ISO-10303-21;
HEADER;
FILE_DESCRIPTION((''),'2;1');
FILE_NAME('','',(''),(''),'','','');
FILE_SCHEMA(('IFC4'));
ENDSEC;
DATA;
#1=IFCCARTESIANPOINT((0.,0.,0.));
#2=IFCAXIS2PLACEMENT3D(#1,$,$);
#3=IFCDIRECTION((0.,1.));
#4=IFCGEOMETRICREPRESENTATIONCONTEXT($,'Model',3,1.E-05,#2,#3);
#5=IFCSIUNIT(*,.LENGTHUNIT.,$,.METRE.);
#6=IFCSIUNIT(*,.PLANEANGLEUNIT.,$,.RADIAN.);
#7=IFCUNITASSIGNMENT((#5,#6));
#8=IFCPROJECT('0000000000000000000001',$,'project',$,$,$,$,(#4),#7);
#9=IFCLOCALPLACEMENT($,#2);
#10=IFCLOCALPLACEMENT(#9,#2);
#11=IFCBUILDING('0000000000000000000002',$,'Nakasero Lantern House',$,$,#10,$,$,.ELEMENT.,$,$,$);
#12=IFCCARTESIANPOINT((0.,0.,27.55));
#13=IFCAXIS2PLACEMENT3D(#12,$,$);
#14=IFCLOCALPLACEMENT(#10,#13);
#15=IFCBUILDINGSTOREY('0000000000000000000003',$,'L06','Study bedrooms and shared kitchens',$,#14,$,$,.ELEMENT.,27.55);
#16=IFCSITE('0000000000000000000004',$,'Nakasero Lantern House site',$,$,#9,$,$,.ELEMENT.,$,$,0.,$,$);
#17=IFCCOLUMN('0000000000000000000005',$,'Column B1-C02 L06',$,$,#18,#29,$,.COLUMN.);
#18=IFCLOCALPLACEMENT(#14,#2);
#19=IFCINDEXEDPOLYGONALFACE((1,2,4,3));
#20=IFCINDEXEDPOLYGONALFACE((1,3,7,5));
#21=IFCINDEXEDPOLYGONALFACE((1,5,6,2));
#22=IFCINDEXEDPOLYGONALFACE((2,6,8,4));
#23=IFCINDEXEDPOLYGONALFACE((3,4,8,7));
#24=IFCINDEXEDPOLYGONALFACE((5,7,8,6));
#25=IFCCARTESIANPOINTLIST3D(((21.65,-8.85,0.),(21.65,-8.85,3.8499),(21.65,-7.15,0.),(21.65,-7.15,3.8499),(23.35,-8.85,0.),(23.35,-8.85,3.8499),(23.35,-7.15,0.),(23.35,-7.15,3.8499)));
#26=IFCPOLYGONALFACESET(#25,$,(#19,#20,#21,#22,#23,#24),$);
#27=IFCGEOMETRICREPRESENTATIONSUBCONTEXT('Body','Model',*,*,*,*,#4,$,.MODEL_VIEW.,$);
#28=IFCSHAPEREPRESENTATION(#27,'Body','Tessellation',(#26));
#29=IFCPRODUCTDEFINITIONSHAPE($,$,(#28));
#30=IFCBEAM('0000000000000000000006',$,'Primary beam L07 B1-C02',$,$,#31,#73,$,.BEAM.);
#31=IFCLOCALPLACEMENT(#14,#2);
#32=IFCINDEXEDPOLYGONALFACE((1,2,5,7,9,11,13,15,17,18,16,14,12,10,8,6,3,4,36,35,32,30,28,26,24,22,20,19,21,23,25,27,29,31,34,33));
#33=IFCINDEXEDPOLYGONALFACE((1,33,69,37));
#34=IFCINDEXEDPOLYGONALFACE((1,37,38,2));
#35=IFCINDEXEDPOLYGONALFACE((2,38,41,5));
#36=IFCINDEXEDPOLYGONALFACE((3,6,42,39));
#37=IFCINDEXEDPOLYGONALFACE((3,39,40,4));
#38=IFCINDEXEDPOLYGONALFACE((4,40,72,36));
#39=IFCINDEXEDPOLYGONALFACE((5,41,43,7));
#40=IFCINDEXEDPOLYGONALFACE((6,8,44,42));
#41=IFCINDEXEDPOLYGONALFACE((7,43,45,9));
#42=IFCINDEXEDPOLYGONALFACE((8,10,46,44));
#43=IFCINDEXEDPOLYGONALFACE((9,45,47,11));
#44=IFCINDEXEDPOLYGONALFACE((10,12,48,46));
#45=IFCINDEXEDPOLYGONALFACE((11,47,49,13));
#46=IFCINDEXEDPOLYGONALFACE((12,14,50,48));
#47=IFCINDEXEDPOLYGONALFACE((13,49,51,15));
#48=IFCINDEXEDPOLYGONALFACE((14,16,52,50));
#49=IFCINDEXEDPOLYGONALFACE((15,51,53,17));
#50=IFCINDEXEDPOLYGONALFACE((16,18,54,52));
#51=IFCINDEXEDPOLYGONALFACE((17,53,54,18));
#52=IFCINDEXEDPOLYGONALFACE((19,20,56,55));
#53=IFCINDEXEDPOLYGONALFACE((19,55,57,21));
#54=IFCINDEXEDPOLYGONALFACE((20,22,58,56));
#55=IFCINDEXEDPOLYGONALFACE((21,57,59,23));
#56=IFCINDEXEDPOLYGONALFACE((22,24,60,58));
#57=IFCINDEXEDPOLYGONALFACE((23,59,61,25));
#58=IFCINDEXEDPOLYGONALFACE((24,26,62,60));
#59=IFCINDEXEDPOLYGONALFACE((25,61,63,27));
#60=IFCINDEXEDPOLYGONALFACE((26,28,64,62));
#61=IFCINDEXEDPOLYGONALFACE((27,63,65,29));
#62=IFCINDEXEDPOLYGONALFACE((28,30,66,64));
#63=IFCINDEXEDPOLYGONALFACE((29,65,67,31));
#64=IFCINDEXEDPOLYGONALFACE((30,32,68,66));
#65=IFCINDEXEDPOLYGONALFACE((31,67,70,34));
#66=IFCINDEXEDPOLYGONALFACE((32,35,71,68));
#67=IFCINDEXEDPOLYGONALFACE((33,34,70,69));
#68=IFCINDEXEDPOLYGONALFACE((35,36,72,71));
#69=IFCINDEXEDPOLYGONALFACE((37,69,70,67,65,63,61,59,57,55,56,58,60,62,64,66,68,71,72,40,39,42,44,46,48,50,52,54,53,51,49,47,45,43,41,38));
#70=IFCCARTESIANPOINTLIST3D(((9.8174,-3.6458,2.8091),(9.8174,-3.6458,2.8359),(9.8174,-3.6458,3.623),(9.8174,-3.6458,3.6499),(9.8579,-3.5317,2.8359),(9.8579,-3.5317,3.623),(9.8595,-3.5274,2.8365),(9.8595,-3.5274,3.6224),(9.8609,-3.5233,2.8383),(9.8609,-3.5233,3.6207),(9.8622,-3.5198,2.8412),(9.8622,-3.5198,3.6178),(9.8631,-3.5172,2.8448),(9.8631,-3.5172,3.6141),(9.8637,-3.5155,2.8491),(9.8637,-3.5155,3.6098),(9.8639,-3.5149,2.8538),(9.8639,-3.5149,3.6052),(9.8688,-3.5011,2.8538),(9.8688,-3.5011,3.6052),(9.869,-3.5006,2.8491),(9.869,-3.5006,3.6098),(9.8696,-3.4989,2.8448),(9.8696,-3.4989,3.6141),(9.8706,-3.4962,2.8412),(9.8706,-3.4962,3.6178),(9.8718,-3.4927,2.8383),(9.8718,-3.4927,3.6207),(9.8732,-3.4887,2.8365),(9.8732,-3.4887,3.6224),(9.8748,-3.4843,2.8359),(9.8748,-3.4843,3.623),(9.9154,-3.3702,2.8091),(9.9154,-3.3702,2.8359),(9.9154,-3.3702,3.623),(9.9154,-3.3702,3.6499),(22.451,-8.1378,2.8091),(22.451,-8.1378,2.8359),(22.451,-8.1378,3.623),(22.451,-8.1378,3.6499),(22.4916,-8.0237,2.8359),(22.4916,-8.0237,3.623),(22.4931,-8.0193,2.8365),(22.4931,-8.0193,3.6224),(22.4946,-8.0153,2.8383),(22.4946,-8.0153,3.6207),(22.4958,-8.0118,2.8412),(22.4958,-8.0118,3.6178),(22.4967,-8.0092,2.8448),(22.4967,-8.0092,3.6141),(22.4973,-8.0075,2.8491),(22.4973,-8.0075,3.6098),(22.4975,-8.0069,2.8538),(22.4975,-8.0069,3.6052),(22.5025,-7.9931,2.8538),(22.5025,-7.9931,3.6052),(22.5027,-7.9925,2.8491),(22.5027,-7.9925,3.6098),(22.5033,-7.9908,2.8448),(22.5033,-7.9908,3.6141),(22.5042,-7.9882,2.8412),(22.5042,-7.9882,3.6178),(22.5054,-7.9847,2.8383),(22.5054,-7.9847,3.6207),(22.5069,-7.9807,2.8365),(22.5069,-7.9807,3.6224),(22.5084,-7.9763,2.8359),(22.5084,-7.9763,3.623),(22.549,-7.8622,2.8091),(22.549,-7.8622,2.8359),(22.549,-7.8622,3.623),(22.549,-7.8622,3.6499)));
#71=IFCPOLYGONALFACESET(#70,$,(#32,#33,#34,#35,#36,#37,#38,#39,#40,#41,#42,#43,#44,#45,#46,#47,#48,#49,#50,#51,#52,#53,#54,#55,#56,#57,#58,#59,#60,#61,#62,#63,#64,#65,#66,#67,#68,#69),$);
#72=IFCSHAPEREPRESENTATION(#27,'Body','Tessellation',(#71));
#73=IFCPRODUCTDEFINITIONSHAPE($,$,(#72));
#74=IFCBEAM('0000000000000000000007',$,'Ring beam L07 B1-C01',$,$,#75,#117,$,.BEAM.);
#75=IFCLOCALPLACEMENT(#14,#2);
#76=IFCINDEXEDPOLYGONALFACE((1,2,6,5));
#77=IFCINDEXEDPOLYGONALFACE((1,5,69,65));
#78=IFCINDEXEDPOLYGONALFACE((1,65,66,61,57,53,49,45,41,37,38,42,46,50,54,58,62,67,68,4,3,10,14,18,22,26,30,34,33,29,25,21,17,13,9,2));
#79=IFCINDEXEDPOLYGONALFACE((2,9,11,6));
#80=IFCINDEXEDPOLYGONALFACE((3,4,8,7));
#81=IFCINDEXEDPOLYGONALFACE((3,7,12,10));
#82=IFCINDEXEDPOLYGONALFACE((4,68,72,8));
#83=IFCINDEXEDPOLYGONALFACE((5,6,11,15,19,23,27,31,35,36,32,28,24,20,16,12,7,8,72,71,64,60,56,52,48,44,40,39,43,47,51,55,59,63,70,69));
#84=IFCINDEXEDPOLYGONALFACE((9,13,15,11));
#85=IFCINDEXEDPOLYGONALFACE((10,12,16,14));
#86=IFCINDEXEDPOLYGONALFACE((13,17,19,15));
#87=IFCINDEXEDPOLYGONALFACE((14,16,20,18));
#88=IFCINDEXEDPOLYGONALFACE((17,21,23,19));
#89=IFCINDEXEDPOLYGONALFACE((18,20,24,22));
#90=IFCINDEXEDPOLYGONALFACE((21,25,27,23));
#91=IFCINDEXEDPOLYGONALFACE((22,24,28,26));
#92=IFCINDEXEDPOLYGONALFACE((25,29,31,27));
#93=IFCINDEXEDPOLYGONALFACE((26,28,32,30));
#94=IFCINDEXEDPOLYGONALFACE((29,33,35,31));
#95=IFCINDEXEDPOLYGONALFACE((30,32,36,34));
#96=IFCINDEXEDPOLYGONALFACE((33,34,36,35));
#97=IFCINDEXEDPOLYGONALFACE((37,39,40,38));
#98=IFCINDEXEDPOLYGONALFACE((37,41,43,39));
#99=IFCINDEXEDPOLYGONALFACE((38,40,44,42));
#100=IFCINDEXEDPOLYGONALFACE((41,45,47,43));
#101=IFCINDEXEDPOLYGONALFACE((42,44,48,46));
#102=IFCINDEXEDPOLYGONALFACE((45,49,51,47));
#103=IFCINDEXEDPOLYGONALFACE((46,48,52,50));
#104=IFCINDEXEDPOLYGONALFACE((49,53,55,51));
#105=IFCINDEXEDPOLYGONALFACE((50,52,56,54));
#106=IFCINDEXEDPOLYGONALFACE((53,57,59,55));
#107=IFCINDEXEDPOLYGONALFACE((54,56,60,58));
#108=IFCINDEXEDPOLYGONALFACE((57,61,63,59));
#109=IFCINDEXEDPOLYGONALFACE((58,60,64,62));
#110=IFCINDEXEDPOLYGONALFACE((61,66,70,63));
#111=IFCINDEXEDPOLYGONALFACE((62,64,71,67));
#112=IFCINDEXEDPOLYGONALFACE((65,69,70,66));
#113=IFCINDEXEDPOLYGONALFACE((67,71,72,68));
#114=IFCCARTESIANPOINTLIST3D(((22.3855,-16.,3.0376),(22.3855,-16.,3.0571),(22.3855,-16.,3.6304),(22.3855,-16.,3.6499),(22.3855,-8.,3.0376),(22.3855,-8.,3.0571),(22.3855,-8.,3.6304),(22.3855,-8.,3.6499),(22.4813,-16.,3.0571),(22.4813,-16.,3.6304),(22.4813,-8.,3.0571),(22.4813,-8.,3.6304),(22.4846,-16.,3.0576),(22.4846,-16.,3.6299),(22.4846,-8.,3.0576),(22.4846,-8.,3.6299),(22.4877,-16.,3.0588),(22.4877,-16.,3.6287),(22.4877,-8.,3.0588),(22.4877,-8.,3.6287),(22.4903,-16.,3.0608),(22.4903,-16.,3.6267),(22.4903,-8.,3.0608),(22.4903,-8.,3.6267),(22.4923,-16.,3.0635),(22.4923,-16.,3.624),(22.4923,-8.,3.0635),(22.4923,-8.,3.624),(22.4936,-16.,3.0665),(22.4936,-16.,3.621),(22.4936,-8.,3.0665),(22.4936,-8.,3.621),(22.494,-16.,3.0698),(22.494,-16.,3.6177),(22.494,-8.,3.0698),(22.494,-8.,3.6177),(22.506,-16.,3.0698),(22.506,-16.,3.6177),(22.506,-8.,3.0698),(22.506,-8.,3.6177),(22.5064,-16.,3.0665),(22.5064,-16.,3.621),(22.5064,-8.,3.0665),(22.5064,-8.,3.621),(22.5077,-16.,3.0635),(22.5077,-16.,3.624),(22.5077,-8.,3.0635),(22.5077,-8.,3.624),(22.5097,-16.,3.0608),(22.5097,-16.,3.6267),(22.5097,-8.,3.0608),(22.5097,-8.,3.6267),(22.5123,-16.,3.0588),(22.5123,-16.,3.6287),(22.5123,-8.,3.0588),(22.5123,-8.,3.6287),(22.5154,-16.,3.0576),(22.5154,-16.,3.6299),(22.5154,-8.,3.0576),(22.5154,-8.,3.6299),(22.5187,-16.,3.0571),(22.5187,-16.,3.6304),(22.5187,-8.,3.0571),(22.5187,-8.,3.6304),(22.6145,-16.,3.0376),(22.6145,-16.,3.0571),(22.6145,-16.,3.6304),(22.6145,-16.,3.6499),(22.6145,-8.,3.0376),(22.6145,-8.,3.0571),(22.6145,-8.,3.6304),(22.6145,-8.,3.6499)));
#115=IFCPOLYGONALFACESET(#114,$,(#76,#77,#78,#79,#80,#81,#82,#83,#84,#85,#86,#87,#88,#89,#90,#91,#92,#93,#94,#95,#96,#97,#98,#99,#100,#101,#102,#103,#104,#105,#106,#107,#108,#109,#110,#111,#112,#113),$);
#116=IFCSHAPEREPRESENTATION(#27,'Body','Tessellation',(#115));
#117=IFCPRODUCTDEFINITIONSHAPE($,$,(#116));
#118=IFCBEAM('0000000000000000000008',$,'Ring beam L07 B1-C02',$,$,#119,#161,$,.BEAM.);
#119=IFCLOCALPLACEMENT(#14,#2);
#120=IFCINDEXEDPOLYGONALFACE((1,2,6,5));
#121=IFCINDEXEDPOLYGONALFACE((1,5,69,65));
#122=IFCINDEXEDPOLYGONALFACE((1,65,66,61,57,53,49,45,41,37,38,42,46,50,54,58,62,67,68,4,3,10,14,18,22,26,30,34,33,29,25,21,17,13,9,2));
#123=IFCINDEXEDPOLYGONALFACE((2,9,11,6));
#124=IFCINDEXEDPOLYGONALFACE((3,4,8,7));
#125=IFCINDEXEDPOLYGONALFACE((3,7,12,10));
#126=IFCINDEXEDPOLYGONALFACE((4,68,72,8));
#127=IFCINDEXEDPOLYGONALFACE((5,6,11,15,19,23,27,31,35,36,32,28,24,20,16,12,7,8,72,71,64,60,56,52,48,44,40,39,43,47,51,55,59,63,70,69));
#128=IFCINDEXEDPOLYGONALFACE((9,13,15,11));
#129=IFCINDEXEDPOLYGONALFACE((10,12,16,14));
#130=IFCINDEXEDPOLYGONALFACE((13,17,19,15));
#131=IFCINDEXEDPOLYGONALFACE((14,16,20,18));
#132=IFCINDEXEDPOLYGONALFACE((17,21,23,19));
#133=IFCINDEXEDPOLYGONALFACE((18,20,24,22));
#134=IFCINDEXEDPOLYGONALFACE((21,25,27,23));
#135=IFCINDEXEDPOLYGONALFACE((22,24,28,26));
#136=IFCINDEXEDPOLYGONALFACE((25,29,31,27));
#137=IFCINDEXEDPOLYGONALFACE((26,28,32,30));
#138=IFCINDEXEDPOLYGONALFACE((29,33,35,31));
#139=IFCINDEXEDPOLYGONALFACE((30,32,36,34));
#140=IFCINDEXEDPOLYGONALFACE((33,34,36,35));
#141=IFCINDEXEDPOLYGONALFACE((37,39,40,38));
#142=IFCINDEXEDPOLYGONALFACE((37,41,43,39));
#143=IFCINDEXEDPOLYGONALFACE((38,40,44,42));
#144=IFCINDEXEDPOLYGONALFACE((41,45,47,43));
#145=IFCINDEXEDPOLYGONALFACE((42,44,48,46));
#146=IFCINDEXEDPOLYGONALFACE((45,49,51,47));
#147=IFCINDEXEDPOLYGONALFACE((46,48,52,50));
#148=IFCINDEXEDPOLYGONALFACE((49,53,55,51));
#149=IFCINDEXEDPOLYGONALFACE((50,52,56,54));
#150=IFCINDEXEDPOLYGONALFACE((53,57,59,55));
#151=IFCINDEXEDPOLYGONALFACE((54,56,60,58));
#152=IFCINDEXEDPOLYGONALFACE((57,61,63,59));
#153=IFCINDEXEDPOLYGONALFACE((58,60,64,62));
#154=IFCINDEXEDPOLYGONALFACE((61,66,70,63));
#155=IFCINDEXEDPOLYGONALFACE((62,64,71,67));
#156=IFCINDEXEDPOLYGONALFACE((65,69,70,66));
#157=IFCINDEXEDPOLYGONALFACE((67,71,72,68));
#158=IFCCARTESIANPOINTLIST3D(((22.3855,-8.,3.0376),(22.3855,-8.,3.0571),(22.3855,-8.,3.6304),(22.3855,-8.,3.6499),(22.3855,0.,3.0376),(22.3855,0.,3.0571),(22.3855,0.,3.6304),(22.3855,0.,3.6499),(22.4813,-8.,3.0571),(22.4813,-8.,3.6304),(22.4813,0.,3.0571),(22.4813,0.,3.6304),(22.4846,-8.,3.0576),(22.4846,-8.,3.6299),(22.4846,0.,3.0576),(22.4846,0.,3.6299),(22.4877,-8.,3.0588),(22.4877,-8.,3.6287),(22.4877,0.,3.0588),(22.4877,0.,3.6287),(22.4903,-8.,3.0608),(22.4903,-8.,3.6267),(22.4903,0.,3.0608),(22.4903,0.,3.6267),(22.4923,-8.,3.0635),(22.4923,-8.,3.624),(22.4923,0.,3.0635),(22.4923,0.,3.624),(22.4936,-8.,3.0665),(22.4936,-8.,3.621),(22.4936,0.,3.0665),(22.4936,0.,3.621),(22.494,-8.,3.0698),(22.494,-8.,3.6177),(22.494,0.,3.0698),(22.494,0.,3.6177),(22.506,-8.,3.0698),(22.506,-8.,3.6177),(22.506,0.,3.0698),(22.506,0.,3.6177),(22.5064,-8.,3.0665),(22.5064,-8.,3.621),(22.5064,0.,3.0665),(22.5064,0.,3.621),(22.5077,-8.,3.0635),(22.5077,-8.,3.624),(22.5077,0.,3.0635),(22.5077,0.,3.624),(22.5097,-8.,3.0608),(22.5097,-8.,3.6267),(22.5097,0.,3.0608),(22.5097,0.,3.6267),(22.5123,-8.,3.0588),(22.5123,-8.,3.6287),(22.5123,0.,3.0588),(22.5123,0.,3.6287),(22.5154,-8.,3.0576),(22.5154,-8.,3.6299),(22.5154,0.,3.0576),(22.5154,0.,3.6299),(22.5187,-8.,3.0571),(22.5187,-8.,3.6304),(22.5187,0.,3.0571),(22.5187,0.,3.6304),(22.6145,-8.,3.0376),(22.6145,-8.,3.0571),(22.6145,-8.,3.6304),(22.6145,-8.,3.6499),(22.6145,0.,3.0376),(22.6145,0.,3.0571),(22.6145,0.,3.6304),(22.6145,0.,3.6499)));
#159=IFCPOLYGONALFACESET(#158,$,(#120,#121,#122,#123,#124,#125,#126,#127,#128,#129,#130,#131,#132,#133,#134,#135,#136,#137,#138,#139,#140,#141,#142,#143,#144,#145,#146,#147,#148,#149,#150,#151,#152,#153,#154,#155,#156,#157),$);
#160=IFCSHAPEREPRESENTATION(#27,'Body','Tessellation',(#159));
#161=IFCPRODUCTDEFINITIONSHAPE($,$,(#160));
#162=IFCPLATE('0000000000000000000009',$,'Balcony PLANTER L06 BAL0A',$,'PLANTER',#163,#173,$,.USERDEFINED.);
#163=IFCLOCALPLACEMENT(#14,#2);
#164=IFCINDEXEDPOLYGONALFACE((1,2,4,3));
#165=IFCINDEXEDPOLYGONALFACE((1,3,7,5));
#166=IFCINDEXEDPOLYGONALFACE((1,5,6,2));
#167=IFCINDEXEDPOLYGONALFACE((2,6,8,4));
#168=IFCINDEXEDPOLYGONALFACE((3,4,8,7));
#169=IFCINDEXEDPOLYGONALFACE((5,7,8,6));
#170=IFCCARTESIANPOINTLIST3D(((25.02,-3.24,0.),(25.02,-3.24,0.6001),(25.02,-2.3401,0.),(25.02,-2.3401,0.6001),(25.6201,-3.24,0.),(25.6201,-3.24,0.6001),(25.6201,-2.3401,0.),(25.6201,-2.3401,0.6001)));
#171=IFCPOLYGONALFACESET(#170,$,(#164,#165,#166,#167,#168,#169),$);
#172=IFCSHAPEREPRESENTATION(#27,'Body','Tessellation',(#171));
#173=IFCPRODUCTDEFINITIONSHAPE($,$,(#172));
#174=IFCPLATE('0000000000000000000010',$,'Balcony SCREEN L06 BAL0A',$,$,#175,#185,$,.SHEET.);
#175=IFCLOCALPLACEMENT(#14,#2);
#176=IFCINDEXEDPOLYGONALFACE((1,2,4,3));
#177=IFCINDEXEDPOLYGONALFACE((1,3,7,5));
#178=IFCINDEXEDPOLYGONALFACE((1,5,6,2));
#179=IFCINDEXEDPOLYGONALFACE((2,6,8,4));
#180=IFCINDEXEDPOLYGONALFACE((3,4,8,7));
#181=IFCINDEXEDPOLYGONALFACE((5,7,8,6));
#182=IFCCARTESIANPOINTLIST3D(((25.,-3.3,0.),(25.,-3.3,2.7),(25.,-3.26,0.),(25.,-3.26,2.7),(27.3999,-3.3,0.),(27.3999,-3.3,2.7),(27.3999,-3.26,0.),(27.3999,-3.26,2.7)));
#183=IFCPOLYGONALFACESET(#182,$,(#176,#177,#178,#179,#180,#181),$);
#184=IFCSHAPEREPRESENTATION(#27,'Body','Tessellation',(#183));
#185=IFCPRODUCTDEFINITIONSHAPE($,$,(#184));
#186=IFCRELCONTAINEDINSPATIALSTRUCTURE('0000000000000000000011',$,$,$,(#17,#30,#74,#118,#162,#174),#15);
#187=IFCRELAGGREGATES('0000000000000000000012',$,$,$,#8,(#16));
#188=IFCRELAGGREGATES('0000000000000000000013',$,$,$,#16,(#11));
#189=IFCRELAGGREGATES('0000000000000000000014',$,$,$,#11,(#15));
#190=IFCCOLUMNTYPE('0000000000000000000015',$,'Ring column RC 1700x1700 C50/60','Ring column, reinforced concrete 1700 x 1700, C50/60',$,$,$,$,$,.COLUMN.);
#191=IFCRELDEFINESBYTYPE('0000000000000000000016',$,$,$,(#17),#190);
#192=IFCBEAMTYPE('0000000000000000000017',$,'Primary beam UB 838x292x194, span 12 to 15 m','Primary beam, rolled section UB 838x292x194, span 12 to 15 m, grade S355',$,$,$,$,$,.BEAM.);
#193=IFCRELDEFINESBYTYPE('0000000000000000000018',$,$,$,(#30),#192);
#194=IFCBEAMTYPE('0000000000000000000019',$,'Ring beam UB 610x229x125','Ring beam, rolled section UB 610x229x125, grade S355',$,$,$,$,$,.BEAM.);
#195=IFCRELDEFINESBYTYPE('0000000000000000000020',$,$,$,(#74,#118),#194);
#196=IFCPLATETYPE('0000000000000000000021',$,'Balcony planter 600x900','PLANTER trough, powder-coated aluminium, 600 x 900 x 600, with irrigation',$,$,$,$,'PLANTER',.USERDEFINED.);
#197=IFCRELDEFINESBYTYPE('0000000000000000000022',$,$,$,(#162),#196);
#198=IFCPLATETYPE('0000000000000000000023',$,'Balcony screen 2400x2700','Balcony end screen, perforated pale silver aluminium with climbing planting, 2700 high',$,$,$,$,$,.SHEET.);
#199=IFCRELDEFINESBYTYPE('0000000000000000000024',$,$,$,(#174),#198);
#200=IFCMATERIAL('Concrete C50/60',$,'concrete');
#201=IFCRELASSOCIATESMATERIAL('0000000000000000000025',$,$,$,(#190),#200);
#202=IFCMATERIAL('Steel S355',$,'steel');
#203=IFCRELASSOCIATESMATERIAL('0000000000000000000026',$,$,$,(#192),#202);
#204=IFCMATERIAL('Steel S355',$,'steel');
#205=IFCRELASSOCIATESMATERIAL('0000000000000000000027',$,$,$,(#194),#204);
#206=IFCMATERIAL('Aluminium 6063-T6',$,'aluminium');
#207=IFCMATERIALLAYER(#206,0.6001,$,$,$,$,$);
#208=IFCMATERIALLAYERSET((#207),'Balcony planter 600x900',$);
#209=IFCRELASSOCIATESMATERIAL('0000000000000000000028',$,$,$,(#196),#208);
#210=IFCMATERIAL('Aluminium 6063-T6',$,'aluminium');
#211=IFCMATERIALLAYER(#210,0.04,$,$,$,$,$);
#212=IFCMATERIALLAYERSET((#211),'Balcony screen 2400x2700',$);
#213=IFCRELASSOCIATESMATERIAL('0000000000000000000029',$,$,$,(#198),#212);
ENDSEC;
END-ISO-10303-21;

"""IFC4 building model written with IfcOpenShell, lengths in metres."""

from ifc_helpers import new_model, si_unit, direction, frame, origin, origin_2d, place, context, subcontext, project, spatial, rectangle, i_section, extrude, material, layer, layer_set, material_profile, profile_set, type_object, element, save


model = new_model("IFC4")

# Units and contexts
model_context = context("Model", 3, precision=1e-05, world=origin(), true_north=direction((0.0, 1.0)))
body_context = subcontext(model_context, "Body", "Model", "MODEL_VIEW")
ifc_project = project(units=[si_unit("LENGTHUNIT", "METRE"), si_unit("PLANEANGLEUNIT", "RADIAN")], contexts=[model_context])

# Site, building, storey
site_placement = place(None, origin())
site = spatial("IfcSite", under=ifc_project, at=site_placement, Name="Nakasero Lantern House site", CompositionType="ELEMENT", RefElevation=0.0)
building_placement = place(site_placement, origin())
building = spatial("IfcBuilding", under=site, at=building_placement, Name="Nakasero Lantern House", CompositionType="ELEMENT")
storey_placement = place(building_placement, frame((0.0, 0.0, 27.55)))
storey = spatial("IfcBuildingStorey", under=building, at=storey_placement, Name="L06", Description="Study bedrooms and shared kitchens", CompositionType="ELEMENT", Elevation=27.55)

# Column
ifc_material_1 = material(Name="Concrete C50/60", Category="concrete")
ifc_material_profile_1 = material_profile(ifc_material_1, rectangle(XDim=1.7, YDim=1.7, at=origin_2d()), Name="RC 1700x1700")
ifc_profile_set_1 = profile_set([ifc_material_profile_1], Name="Concrete C50/60")
column_type = type_object("IfcColumnType", Name="Ring column RC 1700x1700 C50/60", Description="Ring column, reinforced concrete 1700 x 1700, C50/60", PredefinedType="COLUMN", material=ifc_profile_set_1)
column_placement = place(storey_placement, frame((22.5, -8.0, 0.0), z_axis=(0.0, 0.0, 1.0), x_axis=(1.0, 0.0, 0.0)))
element("IfcColumn", 1, at=column_placement, inside=storey, type_object=column_type, Name="Column B1-C02 L06", PredefinedType="COLUMN", context=body_context, shape_type="SweptSolid", body=[
    extrude(rectangle(XDim=1.7, YDim=1.7, at=origin_2d()), origin(), (0.0, 0.0, 1.0), 3.8499),
])

# Beams
ifc_material_2 = material(Name="Steel S355", Category="steel")
ifc_material_profile_2 = material_profile(ifc_material_2, i_section(OverallWidth=0.2925, OverallDepth=0.8408, WebThickness=0.0146, FlangeThickness=0.0269, FilletRadius=0.0178, at=origin_2d()), Name="UB 838x292x194")
ifc_profile_set_2 = profile_set([ifc_material_profile_2], Name="Steel S355")
beam_type_1 = type_object("IfcBeamType", Name="Primary beam UB 838x292x194, span 12 to 15 m", Description="Primary beam, rolled section UB 838x292x194, span 12 to 15 m, grade S355", PredefinedType="BEAM", material=ifc_profile_set_2)
beam_placement = place(storey_placement, frame((22.5, -8.0, 3.2295), z_axis=(-0.942214, 0.335011, 0.0), x_axis=(-0.335011, -0.942214, 0.0)))
element("IfcBeam", 2, at=beam_placement, inside=storey, type_object=beam_type_1, Name="Primary beam L07 B1-C02", PredefinedType="BEAM", context=body_context, shape_type="SweptSolid", body=[
    extrude(i_section(OverallWidth=0.2925, OverallDepth=0.8408, WebThickness=0.0146, FlangeThickness=0.0269, FilletRadius=0.0178, at=origin_2d()), origin(), (0.0, 0.0, 1.0), 13.4084),
])
ifc_material_3 = material(Name="Steel S355", Category="steel")
ifc_material_profile_3 = material_profile(ifc_material_3, i_section(OverallWidth=0.229, OverallDepth=0.6123, WebThickness=0.012, FlangeThickness=0.0195, FilletRadius=0.0127, at=origin_2d()), Name="UB 610x229x125")
ifc_profile_set_3 = profile_set([ifc_material_profile_3], Name="Steel S355")
beam_type_2 = type_object("IfcBeamType", Name="Ring beam UB 610x229x125", Description="Ring beam, rolled section UB 610x229x125, grade S355", PredefinedType="BEAM", material=ifc_profile_set_3)
for number, where, z_axis, x_axis, name in (
    (3, (22.5, -16.0, 3.3438), (0.0, 1.0, 0.0), (-1.0, 0.0, 0.0), "Ring beam L07 B1-C01"),
    (4, (22.5, -8.0, 3.3438), (0.0, 1.0, 0.0), (-1.0, 0.0, 0.0), "Ring beam L07 B1-C02"),
):
    element("IfcBeam", number, at=place(storey_placement, frame(where, z_axis=z_axis, x_axis=x_axis)), inside=storey, type_object=beam_type_2, Name=name, PredefinedType="BEAM", context=body_context, shape_type="SweptSolid", body=[
        extrude(i_section(OverallWidth=0.229, OverallDepth=0.6123, WebThickness=0.012, FlangeThickness=0.0195, FilletRadius=0.0127, at=origin_2d()), origin(), (0.0, 0.0, 1.0), 8.0),
    ])

# Plates
ifc_material_4 = material(Name="Aluminium 6063-T6", Category="aluminium")
ifc_layer_1 = layer(ifc_material_4, 0.6001)
ifc_layer_set_1 = layer_set([ifc_layer_1], Name="Balcony planter 600x900")
plate_type_1 = type_object("IfcPlateType", Name="Balcony planter 600x900", Description="PLANTER trough, powder-coated aluminium, 600 x 900 x 600, with irrigation", ElementType="PLANTER", PredefinedType="USERDEFINED", material=ifc_layer_set_1)
plate_1_placement = place(storey_placement, frame((25.3201, -2.79, 0.0), z_axis=(0.0, 0.0, 1.0), x_axis=(1.0, 0.0, 0.0)))
element("IfcPlate", 5, at=plate_1_placement, inside=storey, type_object=plate_type_1, Name="Balcony PLANTER L06 BAL0A", ObjectType="PLANTER", PredefinedType="USERDEFINED", context=body_context, shape_type="SweptSolid", body=[
    extrude(rectangle(XDim=0.6001, YDim=0.8999, at=origin_2d()), origin(), (0.0, 0.0, 1.0), 0.6001),
])
ifc_material_5 = material(Name="Aluminium 6063-T6", Category="aluminium")
ifc_layer_2 = layer(ifc_material_5, 0.04)
ifc_layer_set_2 = layer_set([ifc_layer_2], Name="Balcony screen 2400x2700")
plate_type_2 = type_object("IfcPlateType", Name="Balcony screen 2400x2700", Description="Balcony end screen, perforated pale silver aluminium with climbing planting, 2700 high", PredefinedType="SHEET", material=ifc_layer_set_2)
plate_2_placement = place(storey_placement, frame((26.2, -3.28, 0.0), z_axis=(0.0, 0.0, 1.0), x_axis=(1.0, 0.0, 0.0)))
element("IfcPlate", 6, at=plate_2_placement, inside=storey, type_object=plate_type_2, Name="Balcony SCREEN L06 BAL0A", PredefinedType="SHEET", context=body_context, shape_type="SweptSolid", body=[
    extrude(rectangle(XDim=2.3999, YDim=0.04, at=origin_2d()), origin(), (0.0, 0.0, 1.0), 2.7),
])

save(model, "model.ifc")
